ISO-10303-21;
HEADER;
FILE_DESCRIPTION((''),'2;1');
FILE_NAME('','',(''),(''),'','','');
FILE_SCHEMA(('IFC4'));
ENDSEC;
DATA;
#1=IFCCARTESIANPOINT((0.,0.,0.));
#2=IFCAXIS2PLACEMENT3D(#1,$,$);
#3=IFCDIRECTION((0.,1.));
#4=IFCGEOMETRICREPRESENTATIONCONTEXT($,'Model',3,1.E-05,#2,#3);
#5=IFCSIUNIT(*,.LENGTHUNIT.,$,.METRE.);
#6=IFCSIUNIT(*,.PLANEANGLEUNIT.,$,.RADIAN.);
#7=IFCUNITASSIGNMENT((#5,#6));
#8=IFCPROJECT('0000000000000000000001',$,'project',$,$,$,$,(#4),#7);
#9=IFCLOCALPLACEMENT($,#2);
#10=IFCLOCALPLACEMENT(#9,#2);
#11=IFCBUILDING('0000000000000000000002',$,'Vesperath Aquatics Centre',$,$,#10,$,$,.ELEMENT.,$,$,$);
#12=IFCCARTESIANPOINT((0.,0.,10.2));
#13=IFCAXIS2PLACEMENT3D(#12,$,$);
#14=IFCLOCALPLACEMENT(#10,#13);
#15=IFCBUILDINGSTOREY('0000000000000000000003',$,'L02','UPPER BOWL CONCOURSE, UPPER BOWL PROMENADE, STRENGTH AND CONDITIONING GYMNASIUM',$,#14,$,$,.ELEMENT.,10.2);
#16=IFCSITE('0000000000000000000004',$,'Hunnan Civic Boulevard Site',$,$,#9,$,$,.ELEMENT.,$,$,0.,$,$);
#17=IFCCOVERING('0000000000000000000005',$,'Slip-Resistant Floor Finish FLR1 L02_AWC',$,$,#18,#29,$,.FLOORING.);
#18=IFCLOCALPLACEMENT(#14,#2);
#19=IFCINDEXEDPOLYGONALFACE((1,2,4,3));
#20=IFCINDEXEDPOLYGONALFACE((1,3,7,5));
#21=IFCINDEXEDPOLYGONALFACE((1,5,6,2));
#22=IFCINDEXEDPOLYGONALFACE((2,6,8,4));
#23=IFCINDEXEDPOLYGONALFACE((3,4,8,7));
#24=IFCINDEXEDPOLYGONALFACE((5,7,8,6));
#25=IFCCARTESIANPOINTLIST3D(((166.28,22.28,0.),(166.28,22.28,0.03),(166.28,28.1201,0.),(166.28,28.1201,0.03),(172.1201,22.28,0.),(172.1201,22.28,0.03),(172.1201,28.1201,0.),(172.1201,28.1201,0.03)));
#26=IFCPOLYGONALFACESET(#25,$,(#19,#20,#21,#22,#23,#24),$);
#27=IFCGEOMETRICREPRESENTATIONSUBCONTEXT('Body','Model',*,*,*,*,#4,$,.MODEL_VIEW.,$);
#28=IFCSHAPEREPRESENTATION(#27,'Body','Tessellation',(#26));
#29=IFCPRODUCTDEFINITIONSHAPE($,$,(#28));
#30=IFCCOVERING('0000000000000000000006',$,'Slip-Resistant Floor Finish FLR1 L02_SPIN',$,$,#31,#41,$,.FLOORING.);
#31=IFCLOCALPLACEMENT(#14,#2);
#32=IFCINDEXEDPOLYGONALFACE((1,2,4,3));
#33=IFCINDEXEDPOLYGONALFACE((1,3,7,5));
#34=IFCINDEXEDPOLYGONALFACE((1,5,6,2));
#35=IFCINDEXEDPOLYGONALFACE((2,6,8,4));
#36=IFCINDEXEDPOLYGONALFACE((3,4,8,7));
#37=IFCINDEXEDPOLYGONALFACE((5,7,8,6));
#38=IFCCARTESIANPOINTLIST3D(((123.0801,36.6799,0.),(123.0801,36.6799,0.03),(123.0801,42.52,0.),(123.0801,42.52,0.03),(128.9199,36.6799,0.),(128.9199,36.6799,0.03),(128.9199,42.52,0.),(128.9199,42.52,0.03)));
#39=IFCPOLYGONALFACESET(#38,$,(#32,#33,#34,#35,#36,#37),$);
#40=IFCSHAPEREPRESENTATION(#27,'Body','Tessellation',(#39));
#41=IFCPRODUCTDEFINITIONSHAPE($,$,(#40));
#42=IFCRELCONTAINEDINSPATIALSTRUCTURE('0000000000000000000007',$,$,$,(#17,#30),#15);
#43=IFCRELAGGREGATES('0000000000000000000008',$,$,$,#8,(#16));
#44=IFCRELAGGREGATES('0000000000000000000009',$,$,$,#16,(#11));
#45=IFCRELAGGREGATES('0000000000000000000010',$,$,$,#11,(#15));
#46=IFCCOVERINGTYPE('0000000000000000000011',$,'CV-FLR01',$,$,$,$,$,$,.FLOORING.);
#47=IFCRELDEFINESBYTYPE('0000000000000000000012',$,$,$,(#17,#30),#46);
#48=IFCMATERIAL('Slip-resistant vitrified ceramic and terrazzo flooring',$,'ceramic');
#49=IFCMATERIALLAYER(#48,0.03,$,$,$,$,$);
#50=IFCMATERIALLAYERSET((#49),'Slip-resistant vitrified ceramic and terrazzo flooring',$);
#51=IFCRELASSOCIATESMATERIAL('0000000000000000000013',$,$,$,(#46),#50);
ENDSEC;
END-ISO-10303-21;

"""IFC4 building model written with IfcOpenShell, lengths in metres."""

from ifc_helpers import new_model, si_unit, direction, frame, origin, place, context, subcontext, project, spatial, polyline, outline, extrude, material, layer, layer_set, type_object, element, save


model = new_model("IFC4")

# Units and contexts
model_context = context("Model", 3, precision=1e-05, world=origin(), true_north=direction((0.0, 1.0)))
body_context = subcontext(model_context, "Body", "Model", "MODEL_VIEW")
ifc_project = project(units=[si_unit("LENGTHUNIT", "METRE"), si_unit("PLANEANGLEUNIT", "RADIAN")], contexts=[model_context])

# Site, building, storey
site_placement = place(None, origin())
site = spatial("IfcSite", under=ifc_project, at=site_placement, Name="Hunnan Civic Boulevard Site", CompositionType="ELEMENT", RefElevation=0.0)
building_placement = place(site_placement, origin())
building = spatial("IfcBuilding", under=site, at=building_placement, Name="Vesperath Aquatics Centre", CompositionType="ELEMENT")
storey_placement = place(building_placement, frame((0.0, 0.0, 10.2)))
storey = spatial("IfcBuildingStorey", under=building, at=storey_placement, Name="L02", Description="UPPER BOWL CONCOURSE, UPPER BOWL PROMENADE, STRENGTH AND CONDITIONING GYMNASIUM", CompositionType="ELEMENT", Elevation=10.2)

# Coverings
ifc_material_1 = material(Name="Slip-resistant vitrified ceramic and terrazzo flooring", Category="ceramic")
ifc_layer_1 = layer(ifc_material_1, 0.03)
ifc_layer_set_1 = layer_set([ifc_layer_1], Name="Slip-resistant vitrified ceramic and terrazzo flooring")
covering_type_1 = type_object("IfcCoveringType", Name="CV-FLR01", PredefinedType="FLOORING", material=ifc_layer_set_1)
covering_1_placement = place(storey_placement, origin())
element("IfcCovering", 1, at=covering_1_placement, inside=storey, type_object=covering_type_1, Name="Slip-Resistant Floor Finish FLR1 L02_AWC", PredefinedType="FLOORING", context=body_context, shape_type="SweptSolid", body=[
    extrude(outline(polyline([(166.28, 22.28), (172.1201, 22.28), (172.1201, 28.1201), (166.28, 28.1201), (166.28, 22.28)])), origin(), (0.0, 0.0, 1.0), 0.03),
])
covering_2_placement = place(storey_placement, origin())
element("IfcCovering", 2, at=covering_2_placement, inside=storey, type_object=covering_type_1, Name="Slip-Resistant Floor Finish FLR1 L02_SPIN", PredefinedType="FLOORING", context=body_context, shape_type="SweptSolid", body=[
    extrude(outline(polyline([(123.0801, 36.6799), (128.9199, 36.6799), (128.9199, 42.52), (123.0801, 42.52), (123.0801, 36.6799)])), origin(), (0.0, 0.0, 1.0), 0.03),
])

save(model, "model.ifc")
